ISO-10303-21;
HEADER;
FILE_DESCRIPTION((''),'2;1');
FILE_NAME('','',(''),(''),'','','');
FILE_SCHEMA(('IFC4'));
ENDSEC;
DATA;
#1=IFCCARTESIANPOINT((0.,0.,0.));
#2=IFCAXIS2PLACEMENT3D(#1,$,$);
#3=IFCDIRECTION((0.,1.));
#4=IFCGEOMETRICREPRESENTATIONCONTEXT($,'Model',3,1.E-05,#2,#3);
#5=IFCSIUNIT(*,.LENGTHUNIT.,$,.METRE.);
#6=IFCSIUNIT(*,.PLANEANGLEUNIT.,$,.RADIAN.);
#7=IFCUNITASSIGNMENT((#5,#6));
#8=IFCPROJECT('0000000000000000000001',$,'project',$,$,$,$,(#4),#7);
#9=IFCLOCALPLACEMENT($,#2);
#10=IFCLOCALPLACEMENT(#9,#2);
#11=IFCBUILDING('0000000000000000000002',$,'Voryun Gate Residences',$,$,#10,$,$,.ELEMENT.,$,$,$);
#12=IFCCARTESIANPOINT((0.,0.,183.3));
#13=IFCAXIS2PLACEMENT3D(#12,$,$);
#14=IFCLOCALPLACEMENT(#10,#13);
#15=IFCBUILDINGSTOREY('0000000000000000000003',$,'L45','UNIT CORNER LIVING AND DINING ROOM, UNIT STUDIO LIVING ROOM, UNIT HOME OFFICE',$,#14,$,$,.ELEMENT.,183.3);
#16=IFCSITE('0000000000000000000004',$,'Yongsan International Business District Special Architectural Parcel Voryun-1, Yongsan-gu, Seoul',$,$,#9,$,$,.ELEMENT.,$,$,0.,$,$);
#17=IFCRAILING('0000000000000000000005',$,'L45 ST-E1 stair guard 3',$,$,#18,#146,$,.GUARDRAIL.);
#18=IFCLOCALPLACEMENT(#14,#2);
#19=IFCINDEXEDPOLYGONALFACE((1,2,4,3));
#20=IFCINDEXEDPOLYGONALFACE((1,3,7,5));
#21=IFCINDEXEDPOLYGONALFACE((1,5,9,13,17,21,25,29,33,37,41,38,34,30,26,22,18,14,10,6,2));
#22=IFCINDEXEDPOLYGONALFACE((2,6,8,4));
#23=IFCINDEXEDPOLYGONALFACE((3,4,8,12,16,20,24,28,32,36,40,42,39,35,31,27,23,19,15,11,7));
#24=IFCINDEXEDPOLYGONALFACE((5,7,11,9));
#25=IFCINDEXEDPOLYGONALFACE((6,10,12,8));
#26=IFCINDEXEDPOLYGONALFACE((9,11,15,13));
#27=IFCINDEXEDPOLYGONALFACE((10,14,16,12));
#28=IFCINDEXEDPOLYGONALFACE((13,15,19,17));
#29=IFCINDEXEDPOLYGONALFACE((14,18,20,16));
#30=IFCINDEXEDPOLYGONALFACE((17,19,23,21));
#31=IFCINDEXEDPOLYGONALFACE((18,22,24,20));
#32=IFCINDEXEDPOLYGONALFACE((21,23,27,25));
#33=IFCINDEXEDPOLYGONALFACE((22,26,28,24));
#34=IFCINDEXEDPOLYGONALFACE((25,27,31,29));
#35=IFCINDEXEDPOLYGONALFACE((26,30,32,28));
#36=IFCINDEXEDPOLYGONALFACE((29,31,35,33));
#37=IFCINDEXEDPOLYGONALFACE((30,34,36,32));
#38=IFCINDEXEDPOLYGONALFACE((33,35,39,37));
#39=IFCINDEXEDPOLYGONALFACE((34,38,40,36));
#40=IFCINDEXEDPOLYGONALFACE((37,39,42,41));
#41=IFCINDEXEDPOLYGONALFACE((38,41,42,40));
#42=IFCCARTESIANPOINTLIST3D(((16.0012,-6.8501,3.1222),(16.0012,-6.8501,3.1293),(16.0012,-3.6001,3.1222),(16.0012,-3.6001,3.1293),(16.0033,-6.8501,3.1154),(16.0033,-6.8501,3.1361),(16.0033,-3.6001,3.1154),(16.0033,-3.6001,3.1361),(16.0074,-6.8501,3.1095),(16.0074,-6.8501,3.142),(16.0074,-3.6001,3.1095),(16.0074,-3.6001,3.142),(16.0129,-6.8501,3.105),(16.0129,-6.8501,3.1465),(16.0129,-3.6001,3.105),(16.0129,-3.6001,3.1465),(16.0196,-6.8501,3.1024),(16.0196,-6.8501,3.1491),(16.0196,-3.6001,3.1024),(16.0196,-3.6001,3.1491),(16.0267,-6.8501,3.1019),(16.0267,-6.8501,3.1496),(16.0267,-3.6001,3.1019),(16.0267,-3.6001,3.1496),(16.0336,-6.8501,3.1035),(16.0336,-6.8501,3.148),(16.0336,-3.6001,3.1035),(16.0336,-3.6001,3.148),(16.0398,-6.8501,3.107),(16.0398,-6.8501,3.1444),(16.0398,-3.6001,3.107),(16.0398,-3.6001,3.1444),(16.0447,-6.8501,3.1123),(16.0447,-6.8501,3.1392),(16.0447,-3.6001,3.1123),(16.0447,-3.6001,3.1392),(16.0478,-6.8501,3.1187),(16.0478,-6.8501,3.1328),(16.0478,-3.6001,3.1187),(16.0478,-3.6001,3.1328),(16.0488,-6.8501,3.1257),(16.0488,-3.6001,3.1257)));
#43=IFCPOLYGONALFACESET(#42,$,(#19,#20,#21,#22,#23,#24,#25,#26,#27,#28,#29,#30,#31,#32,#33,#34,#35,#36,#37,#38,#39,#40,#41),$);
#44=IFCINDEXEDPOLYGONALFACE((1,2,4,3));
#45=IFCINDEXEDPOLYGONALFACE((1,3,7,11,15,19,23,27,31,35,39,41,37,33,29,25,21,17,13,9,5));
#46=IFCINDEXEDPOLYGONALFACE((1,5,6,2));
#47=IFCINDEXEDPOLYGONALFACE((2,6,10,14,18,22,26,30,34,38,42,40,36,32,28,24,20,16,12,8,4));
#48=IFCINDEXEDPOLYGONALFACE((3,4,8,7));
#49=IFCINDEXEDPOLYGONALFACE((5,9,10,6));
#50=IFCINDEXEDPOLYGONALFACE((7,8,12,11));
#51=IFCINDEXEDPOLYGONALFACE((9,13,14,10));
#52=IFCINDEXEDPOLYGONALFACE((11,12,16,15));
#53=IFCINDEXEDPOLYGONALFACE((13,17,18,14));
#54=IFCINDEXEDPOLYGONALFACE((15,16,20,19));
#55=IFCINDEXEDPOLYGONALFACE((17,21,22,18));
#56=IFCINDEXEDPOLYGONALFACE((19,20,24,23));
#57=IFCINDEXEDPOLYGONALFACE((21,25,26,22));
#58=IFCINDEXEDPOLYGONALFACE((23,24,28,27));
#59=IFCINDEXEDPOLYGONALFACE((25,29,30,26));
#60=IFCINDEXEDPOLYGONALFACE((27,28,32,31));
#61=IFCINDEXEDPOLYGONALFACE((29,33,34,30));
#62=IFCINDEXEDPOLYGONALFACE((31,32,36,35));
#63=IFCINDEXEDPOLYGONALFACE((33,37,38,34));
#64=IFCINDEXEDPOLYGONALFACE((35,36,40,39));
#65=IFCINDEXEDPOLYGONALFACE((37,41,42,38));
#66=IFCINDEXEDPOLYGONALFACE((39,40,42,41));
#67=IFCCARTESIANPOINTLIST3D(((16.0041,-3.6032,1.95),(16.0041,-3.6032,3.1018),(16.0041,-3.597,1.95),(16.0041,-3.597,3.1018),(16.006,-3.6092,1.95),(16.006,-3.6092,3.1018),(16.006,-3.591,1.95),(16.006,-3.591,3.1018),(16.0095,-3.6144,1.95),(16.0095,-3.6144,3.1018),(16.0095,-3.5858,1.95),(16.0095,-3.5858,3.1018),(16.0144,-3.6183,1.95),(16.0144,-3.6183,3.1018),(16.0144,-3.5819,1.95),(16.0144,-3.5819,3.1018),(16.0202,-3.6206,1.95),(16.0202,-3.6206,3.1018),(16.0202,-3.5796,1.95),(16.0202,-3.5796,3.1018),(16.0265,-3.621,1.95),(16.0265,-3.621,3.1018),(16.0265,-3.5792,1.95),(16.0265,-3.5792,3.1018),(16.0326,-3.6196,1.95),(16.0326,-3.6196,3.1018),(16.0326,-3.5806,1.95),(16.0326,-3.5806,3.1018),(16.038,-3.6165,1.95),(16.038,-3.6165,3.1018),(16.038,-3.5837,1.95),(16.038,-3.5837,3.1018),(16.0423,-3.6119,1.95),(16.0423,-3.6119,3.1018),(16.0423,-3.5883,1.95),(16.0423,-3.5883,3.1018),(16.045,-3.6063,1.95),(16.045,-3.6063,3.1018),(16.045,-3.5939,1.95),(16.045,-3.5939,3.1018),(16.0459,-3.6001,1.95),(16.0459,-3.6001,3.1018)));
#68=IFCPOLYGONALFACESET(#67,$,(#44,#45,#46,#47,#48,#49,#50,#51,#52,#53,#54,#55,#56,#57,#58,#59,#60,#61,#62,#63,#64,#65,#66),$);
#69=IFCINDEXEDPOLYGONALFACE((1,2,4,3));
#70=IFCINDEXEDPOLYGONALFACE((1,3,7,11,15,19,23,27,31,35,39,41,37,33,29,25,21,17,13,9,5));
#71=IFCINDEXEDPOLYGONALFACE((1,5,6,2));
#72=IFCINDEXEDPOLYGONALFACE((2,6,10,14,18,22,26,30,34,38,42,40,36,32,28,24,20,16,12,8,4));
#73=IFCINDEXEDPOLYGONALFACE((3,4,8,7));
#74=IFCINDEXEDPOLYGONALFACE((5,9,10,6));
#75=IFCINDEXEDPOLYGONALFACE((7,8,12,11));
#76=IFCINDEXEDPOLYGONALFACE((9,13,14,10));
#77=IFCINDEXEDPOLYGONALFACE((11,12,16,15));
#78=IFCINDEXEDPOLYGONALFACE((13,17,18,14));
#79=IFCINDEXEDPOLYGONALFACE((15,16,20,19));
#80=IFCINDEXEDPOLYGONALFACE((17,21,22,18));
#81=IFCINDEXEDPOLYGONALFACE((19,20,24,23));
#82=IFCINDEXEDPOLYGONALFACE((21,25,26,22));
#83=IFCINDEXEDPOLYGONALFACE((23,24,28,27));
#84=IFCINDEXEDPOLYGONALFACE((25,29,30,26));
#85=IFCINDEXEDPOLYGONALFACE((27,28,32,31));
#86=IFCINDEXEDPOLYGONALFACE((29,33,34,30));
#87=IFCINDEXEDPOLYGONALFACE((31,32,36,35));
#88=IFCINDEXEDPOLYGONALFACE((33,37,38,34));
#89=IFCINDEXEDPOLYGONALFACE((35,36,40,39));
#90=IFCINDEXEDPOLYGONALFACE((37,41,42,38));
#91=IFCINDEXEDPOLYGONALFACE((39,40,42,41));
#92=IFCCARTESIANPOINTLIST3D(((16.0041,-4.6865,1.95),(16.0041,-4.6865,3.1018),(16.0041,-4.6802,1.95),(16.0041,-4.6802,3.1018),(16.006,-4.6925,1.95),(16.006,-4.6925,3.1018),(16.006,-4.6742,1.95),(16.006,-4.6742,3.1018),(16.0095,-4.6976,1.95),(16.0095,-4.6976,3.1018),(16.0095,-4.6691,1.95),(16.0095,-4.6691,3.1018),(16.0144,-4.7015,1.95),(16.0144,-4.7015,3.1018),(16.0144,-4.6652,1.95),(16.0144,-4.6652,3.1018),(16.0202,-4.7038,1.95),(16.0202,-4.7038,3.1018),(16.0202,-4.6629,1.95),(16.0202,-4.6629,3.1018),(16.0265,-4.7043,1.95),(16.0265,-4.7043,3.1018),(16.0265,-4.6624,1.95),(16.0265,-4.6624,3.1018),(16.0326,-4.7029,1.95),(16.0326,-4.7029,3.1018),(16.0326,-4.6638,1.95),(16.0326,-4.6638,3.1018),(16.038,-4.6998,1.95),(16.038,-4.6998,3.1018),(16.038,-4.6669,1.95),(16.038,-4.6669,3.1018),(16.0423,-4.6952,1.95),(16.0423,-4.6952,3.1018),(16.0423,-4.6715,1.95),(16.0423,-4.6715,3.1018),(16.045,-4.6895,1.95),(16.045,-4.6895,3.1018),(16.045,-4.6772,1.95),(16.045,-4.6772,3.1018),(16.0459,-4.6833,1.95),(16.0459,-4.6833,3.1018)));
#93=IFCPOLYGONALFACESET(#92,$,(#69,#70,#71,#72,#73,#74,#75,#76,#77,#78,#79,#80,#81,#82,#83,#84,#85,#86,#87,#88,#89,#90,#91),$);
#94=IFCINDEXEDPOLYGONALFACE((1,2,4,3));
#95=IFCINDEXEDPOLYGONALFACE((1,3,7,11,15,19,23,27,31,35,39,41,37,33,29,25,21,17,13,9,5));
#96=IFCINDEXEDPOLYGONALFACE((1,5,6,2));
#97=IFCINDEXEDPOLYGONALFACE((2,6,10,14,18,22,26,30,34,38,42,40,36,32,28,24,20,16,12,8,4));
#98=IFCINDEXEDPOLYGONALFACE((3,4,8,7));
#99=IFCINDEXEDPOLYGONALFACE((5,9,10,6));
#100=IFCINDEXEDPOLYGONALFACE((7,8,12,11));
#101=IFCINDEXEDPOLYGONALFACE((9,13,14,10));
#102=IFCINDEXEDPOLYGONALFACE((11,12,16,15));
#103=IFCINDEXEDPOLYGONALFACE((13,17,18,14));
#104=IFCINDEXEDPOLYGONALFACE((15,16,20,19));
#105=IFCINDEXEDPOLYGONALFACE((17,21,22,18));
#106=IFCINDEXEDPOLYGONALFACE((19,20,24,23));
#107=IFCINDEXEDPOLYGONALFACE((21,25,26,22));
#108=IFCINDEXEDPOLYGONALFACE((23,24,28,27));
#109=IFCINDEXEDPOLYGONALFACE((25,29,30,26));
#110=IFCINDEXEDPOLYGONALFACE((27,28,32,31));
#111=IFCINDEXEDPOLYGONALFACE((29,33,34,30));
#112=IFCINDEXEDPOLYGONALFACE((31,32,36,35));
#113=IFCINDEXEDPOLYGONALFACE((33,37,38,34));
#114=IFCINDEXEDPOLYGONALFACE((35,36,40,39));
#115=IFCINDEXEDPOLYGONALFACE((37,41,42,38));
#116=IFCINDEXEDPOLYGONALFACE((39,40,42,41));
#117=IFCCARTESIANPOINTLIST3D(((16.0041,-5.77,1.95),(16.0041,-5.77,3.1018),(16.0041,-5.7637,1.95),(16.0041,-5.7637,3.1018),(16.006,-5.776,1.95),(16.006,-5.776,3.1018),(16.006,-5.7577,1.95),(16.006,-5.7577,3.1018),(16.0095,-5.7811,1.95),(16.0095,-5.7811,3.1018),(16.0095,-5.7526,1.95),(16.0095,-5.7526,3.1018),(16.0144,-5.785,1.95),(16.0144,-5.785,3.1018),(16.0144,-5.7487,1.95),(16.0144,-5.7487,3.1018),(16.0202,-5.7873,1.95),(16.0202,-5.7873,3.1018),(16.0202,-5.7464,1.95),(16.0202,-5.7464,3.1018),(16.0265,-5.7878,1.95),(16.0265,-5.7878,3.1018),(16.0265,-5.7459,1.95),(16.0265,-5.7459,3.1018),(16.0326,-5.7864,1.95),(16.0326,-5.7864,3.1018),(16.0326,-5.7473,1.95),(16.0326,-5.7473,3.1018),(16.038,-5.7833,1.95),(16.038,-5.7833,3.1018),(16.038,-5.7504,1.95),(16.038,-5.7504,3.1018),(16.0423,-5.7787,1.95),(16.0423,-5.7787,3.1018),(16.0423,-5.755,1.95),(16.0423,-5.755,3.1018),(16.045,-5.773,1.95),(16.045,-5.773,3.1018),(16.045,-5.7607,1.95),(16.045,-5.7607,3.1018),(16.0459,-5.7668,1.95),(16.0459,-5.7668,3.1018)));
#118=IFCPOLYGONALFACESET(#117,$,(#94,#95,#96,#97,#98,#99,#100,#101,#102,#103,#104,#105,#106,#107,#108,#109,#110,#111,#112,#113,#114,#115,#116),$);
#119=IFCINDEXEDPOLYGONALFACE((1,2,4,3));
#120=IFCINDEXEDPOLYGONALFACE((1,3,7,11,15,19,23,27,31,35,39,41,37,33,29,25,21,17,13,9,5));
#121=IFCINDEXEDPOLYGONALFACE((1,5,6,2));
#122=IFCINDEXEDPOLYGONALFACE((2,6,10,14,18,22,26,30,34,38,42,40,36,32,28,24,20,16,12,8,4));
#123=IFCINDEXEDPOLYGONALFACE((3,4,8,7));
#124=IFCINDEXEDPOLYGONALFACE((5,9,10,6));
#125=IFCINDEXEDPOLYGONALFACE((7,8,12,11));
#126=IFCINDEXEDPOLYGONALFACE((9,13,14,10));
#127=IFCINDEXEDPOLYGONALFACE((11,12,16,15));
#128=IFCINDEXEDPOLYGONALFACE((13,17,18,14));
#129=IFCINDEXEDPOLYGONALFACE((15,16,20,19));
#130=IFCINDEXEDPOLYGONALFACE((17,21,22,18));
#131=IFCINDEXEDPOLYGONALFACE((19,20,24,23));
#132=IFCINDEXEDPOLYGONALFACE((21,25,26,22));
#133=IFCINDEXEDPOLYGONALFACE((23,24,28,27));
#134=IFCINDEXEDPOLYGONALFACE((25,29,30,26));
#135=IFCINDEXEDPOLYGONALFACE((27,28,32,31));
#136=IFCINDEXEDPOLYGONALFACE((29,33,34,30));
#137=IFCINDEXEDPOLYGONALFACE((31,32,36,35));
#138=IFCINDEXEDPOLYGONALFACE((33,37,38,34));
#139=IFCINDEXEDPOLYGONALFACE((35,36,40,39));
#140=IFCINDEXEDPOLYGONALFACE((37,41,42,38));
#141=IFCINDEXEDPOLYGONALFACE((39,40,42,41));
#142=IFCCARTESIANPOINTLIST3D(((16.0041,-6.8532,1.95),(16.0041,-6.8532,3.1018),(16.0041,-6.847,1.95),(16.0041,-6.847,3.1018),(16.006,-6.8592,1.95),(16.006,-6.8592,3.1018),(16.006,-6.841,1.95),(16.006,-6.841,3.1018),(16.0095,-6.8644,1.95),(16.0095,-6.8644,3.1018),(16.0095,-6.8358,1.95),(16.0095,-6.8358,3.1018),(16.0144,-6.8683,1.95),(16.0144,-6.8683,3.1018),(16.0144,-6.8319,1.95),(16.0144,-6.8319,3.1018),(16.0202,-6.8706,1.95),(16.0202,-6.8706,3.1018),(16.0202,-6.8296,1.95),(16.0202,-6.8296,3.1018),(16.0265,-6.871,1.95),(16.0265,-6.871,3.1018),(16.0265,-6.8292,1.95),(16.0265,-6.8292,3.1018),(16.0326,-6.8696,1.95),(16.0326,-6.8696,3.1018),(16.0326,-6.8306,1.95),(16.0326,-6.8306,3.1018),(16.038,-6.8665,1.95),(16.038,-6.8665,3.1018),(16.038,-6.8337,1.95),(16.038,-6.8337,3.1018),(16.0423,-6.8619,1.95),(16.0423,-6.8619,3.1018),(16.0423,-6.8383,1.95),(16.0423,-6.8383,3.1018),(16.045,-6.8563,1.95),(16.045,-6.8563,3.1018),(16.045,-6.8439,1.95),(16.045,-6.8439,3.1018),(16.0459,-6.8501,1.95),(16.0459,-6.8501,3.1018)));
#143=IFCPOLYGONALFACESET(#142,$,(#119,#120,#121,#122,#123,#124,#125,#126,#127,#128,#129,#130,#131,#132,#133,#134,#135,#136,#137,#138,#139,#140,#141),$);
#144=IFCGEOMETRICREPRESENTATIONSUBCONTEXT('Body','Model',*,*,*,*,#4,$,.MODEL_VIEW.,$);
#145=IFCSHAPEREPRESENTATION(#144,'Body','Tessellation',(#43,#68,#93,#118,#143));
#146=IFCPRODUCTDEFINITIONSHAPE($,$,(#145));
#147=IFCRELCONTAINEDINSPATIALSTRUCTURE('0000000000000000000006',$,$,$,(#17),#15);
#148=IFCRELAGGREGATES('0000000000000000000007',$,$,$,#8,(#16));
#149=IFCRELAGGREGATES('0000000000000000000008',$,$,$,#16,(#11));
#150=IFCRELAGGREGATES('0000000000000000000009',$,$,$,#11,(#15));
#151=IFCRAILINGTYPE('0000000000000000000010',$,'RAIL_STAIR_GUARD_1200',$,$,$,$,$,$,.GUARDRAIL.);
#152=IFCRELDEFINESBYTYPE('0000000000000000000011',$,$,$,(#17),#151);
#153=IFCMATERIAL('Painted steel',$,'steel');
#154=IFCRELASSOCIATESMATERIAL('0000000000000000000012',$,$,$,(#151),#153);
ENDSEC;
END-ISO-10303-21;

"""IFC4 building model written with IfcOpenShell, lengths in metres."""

from ifc_helpers import new_model, si_unit, direction, frame, origin, origin_2d, place, context, subcontext, project, spatial, circle, extrude, material, type_object, element, save


model = new_model("IFC4")

# Units and contexts
model_context = context("Model", 3, precision=1e-05, world=origin(), true_north=direction((0.0, 1.0)))
body_context = subcontext(model_context, "Body", "Model", "MODEL_VIEW")
ifc_project = project(units=[si_unit("LENGTHUNIT", "METRE"), si_unit("PLANEANGLEUNIT", "RADIAN")], contexts=[model_context])

# Site, building, storey
site_placement = place(None, origin())
site = spatial("IfcSite", under=ifc_project, at=site_placement, Name="Yongsan International Business District Special Architectural Parcel Voryun-1, Yongsan-gu, Seoul", CompositionType="ELEMENT", RefElevation=0.0)
building_placement = place(site_placement, origin())
building = spatial("IfcBuilding", under=site, at=building_placement, Name="Voryun Gate Residences", CompositionType="ELEMENT")
storey_placement = place(building_placement, frame((0.0, 0.0, 183.3)))
storey = spatial("IfcBuildingStorey", under=building, at=storey_placement, Name="L45", Description="UNIT CORNER LIVING AND DINING ROOM, UNIT STUDIO LIVING ROOM, UNIT HOME OFFICE", CompositionType="ELEMENT", Elevation=183.3)

# Railing
ifc_material_1 = material(Name="Painted steel", Category="steel")
railing_type_1 = type_object("IfcRailingType", Name="RAIL_STAIR_GUARD_1200", PredefinedType="GUARDRAIL", material=ifc_material_1)
for number, where, name in (
    (1, (16.0249, -3.6001, 1.95), "L45 ST-E1 stair guard 3"),
):
    element("IfcRailing", number, at=place(storey_placement, frame(where)), inside=storey, type_object=railing_type_1, Name=name, PredefinedType="GUARDRAIL", context=body_context, shape_type="SweptSolid", body=[
        extrude(circle(Radius=0.0239, at=origin_2d()), frame((0.0, 0.0, 1.1758), z_axis=(0.0, -1.0, 0.0), x_axis=(1.0, 0.0, 0.0)), (0.0, 0.0, 1.0), 3.25),
        extrude(circle(Radius=0.021, at=origin_2d()), origin(), (0.0, 0.0, 1.0), 1.1519),
        extrude(circle(Radius=0.021, at=origin_2d()), frame((0.0, -1.0833, 0.0)), (0.0, 0.0, 1.0), 1.1519),
        extrude(circle(Radius=0.021, at=origin_2d()), frame((0.0, -2.1667, 0.0)), (0.0, 0.0, 1.0), 1.1519),
        extrude(circle(Radius=0.021, at=origin_2d()), frame((0.0, -3.25, 0.0)), (0.0, 0.0, 1.0), 1.1519),
    ])

save(model, "model.ifc")
